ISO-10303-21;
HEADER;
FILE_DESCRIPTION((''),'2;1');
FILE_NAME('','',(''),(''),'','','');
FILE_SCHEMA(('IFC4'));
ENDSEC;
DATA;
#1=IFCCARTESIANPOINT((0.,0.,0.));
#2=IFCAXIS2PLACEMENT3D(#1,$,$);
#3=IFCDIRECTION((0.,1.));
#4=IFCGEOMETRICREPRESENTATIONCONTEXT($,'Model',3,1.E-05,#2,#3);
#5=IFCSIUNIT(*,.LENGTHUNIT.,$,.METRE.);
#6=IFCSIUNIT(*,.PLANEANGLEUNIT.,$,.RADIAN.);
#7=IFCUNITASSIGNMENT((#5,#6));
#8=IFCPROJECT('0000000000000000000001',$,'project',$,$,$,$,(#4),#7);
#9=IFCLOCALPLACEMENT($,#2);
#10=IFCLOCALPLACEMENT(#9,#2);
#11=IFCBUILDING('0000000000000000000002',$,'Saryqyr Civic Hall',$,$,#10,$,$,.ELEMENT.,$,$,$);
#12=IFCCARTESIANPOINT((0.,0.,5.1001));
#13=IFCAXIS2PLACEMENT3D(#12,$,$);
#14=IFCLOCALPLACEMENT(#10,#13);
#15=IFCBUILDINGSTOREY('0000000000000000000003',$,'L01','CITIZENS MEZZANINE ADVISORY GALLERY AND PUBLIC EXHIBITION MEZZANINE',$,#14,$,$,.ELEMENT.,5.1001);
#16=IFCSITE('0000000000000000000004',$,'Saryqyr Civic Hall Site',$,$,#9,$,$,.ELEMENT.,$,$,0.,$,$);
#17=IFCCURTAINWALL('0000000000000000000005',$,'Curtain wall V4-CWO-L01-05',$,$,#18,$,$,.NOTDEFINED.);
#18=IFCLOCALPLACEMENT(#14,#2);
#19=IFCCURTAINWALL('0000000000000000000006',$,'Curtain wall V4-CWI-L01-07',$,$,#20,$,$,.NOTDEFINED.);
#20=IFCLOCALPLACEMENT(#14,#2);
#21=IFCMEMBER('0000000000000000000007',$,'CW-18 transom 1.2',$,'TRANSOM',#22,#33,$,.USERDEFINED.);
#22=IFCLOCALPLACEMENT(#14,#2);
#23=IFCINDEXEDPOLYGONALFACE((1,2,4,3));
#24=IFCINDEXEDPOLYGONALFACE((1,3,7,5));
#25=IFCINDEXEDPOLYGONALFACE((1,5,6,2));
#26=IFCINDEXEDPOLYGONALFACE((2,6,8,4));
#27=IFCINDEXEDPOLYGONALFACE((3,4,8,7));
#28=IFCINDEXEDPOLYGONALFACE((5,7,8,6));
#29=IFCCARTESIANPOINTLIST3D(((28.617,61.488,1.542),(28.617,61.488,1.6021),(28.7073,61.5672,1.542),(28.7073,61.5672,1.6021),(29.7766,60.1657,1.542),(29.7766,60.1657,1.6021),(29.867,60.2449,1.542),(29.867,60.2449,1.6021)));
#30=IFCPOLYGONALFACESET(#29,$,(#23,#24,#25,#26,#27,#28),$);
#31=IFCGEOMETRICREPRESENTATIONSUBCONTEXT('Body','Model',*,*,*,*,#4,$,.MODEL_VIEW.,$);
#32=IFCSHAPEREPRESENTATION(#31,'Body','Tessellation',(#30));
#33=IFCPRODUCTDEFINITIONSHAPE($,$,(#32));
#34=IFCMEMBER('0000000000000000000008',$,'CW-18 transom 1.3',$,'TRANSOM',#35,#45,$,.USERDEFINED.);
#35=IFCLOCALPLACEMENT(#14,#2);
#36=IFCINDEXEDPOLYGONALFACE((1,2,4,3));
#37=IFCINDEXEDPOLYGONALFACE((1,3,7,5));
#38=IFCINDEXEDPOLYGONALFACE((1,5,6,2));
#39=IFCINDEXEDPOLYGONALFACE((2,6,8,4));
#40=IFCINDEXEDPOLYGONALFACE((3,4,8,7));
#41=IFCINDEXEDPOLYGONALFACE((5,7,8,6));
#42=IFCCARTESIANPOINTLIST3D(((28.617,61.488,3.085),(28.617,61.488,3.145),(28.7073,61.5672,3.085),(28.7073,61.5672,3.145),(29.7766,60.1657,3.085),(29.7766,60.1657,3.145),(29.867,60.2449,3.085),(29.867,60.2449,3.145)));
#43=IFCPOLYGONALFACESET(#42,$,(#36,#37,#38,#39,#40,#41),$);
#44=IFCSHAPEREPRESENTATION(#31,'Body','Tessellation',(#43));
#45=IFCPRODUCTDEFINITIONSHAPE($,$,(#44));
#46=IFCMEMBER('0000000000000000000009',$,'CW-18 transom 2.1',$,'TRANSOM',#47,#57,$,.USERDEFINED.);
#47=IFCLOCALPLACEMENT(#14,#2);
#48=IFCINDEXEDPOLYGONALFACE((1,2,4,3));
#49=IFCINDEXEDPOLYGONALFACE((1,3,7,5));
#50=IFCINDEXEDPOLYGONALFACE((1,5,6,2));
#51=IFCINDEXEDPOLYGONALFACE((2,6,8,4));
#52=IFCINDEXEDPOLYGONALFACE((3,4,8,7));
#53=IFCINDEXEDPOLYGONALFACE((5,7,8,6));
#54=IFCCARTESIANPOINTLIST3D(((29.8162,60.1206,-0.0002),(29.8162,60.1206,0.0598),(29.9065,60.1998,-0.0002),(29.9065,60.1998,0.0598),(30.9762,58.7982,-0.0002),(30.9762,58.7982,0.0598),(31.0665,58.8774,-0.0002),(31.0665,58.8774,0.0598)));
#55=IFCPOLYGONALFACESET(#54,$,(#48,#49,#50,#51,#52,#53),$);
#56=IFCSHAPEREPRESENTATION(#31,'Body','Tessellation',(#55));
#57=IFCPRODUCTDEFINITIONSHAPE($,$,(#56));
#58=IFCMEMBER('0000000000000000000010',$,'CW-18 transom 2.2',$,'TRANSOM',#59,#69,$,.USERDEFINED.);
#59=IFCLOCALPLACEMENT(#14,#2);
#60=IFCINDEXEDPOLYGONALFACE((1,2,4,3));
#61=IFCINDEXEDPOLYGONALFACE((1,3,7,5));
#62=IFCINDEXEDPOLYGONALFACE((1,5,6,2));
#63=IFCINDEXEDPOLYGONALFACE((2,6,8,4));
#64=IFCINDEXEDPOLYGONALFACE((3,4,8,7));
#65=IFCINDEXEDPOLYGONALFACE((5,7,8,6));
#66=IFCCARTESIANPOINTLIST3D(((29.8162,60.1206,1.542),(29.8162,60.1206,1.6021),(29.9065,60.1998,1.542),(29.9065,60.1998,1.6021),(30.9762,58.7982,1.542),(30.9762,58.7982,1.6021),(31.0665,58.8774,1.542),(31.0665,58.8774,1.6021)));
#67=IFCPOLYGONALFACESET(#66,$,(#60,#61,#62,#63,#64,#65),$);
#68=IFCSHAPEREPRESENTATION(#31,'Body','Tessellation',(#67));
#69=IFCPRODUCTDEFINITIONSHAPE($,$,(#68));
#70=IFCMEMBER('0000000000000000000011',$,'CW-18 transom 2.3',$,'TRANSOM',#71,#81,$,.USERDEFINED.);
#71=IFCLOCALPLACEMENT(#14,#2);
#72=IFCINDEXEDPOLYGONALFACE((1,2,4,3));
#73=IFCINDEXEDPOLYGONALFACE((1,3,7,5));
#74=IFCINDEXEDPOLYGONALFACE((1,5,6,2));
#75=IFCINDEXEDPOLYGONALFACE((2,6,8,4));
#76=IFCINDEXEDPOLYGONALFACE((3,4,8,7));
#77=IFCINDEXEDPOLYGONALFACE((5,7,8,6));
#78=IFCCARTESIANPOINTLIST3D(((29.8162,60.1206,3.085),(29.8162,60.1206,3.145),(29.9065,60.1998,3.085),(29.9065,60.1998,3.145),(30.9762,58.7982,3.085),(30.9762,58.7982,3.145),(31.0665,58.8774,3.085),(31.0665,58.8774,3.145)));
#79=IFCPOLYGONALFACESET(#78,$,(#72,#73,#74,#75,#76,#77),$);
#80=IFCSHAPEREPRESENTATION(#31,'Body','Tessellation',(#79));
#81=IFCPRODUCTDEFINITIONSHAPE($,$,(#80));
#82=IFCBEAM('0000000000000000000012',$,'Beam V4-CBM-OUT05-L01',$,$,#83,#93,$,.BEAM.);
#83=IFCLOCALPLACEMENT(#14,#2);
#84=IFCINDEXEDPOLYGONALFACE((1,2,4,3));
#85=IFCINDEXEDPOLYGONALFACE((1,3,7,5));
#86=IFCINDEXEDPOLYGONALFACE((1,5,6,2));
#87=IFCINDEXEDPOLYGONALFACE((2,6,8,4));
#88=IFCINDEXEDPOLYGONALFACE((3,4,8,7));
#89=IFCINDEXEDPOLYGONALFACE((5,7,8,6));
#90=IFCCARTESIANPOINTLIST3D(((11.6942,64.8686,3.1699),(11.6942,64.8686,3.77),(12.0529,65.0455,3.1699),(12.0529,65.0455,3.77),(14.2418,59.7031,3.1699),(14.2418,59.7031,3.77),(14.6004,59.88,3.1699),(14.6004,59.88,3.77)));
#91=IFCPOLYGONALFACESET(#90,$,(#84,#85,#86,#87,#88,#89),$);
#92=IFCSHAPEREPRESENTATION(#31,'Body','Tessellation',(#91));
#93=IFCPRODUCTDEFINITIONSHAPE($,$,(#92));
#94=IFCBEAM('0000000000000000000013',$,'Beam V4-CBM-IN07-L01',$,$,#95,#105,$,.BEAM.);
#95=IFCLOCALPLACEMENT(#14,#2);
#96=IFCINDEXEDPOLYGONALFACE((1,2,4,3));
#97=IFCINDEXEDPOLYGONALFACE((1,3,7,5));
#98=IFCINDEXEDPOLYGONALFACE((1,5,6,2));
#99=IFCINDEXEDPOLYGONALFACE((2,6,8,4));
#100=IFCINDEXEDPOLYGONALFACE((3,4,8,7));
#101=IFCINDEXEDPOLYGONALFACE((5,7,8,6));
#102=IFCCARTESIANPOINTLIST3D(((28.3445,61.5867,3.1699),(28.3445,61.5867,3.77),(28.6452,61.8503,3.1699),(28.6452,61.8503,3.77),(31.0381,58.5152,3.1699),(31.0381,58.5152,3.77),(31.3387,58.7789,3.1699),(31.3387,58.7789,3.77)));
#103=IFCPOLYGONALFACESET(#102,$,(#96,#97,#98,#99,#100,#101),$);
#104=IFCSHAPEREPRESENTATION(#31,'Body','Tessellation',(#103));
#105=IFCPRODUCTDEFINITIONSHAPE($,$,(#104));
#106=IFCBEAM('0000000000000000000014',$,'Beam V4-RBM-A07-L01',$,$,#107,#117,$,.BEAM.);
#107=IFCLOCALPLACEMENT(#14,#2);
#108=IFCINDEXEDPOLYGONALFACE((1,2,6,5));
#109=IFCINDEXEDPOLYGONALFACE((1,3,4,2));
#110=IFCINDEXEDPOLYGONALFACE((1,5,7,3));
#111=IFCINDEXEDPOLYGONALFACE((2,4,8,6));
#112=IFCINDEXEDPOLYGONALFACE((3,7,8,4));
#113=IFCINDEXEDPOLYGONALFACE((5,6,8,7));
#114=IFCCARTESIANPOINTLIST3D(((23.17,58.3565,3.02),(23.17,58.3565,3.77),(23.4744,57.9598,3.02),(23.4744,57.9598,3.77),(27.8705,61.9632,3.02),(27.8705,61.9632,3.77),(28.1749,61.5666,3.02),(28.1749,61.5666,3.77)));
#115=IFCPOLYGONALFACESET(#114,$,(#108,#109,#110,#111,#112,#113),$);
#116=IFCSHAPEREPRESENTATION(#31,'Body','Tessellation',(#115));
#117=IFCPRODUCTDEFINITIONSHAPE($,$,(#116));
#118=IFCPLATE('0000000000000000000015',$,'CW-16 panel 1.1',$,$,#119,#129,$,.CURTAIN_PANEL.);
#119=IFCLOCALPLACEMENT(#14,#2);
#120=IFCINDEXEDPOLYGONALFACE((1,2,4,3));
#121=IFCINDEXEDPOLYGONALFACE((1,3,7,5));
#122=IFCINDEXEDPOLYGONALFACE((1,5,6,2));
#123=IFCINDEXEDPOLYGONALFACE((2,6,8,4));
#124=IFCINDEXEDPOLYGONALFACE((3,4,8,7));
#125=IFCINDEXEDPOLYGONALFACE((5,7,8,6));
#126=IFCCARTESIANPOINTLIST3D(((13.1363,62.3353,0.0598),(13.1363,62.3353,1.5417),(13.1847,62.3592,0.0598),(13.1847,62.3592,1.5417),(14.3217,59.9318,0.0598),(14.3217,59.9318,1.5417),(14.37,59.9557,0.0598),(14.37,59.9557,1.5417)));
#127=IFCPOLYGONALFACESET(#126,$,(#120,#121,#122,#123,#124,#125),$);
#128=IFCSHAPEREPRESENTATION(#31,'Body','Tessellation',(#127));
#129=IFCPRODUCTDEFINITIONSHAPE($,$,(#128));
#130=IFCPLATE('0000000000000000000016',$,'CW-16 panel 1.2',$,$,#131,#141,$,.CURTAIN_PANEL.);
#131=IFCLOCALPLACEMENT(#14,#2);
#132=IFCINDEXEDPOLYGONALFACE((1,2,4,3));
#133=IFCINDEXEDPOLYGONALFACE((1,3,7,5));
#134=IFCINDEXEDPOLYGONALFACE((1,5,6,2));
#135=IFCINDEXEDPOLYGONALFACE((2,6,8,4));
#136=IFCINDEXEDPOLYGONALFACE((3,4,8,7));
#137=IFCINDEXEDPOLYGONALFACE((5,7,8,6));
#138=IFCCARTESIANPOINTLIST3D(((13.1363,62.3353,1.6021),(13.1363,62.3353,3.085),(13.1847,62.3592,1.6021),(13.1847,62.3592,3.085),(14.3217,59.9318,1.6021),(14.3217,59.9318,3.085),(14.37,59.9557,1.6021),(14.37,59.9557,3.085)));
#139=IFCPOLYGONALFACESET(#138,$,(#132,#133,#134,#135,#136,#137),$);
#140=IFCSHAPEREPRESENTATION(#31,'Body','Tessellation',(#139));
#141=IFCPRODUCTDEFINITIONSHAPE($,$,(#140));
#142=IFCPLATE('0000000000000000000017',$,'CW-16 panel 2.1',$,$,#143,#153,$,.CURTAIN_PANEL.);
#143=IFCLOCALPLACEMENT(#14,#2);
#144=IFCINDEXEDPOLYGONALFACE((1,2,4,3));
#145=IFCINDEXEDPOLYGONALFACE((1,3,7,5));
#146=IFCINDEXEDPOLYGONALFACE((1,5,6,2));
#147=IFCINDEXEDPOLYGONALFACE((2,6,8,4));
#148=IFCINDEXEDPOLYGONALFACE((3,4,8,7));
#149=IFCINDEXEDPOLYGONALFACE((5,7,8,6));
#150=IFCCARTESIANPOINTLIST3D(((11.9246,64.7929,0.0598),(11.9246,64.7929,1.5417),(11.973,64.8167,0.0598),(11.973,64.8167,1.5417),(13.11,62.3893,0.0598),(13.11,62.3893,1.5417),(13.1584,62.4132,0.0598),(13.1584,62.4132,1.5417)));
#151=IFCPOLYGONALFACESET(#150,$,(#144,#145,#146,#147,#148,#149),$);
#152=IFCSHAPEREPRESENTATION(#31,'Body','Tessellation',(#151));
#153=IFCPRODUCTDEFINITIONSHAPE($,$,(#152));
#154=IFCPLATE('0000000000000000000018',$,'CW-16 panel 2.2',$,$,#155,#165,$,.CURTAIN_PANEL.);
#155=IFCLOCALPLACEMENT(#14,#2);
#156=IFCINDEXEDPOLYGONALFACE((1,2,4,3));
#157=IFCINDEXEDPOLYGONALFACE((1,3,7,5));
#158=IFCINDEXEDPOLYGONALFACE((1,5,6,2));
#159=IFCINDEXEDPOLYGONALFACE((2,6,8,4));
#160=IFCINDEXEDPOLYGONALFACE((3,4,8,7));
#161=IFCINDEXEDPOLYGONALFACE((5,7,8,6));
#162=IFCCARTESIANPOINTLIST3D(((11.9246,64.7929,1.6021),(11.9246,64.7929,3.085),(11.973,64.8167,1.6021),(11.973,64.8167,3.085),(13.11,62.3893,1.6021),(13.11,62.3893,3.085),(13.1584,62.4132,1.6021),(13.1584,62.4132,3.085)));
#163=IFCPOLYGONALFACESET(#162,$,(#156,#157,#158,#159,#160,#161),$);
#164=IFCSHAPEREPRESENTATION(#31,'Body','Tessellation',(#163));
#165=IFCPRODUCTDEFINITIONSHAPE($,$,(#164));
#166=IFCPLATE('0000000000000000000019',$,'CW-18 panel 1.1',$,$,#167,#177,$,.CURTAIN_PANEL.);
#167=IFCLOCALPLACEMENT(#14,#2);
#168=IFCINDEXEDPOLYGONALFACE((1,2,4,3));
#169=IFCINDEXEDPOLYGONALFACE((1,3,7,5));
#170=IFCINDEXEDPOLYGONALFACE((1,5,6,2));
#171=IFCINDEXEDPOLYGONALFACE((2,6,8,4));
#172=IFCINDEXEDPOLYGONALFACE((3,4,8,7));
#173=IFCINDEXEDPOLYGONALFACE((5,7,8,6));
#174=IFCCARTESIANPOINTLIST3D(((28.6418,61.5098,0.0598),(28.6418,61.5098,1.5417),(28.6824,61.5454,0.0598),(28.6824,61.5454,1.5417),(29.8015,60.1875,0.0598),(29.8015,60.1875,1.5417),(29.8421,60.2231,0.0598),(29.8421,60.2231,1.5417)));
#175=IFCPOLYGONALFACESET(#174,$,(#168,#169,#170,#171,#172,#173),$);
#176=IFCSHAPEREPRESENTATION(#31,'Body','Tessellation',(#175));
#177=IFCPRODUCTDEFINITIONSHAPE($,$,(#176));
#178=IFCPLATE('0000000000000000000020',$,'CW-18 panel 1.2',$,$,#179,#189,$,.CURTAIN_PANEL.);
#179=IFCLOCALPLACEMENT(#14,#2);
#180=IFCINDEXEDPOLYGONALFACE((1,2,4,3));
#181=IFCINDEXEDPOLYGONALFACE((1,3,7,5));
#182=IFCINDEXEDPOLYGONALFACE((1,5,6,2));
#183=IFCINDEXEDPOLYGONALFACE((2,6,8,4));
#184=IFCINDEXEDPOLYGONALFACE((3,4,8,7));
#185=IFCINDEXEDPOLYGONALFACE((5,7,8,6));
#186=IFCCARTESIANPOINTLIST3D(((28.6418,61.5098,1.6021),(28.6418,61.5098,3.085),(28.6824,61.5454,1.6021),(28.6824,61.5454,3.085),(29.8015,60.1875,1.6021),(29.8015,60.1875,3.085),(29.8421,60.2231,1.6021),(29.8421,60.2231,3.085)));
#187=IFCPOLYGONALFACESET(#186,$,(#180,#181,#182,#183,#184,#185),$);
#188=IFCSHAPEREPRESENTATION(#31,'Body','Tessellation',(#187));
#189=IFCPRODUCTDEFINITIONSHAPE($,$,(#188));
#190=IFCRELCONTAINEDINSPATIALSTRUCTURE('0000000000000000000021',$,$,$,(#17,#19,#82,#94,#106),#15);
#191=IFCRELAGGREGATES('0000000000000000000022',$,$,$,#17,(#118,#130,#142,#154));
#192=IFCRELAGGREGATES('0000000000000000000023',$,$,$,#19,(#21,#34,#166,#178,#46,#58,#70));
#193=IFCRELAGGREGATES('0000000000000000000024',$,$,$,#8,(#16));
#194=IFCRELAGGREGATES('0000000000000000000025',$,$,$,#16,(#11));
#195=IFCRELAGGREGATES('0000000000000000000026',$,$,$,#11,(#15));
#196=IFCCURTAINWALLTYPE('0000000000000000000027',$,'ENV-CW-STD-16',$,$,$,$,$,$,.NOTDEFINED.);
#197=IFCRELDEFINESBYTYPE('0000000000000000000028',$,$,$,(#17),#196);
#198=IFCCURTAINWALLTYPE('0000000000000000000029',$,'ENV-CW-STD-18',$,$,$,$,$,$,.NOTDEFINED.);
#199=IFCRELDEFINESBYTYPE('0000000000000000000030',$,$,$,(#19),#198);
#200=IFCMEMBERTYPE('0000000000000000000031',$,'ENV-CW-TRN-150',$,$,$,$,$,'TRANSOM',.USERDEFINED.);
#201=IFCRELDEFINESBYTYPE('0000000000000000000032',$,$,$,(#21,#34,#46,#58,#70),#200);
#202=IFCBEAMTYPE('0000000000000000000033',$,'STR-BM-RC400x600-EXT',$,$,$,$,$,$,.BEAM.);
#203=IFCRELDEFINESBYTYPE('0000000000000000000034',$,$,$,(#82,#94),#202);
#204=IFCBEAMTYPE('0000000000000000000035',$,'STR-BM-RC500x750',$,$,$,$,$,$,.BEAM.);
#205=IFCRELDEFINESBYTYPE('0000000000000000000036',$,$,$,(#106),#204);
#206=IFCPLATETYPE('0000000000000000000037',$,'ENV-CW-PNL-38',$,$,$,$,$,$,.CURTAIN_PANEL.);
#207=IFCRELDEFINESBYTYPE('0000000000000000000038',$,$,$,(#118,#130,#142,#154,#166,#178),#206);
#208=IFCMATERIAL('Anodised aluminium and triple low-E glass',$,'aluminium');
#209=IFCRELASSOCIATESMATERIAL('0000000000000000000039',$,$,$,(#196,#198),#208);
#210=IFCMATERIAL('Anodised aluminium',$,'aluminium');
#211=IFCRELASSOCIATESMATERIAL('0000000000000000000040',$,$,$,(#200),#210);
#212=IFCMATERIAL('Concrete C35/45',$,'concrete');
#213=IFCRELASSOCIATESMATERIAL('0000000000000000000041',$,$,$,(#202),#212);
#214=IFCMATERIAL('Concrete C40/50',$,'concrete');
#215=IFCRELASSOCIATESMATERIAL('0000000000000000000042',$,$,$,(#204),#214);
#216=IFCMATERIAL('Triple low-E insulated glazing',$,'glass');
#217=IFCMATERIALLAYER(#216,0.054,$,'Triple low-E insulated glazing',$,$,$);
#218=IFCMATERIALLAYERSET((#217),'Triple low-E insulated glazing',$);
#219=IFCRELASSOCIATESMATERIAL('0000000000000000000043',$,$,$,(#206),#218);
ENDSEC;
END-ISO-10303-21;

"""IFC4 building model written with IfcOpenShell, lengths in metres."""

from ifc_helpers import new_model, si_unit, direction, frame, origin, origin_2d, place, context, subcontext, project, spatial, rectangle, extrude, material, layer, layer_set, material_profile, profile_set, type_object, element, aggregate, save


model = new_model("IFC4")

# Units and contexts
model_context = context("Model", 3, precision=1e-05, world=origin(), true_north=direction((0.0, 1.0)))
body_context = subcontext(model_context, "Body", "Model", "MODEL_VIEW")
ifc_project = project(units=[si_unit("LENGTHUNIT", "METRE"), si_unit("PLANEANGLEUNIT", "RADIAN")], contexts=[model_context])

# Site, building, storey
site_placement = place(None, origin())
site = spatial("IfcSite", under=ifc_project, at=site_placement, Name="Saryqyr Civic Hall Site", CompositionType="ELEMENT", RefElevation=0.0)
building_placement = place(site_placement, origin())
building = spatial("IfcBuilding", under=site, at=building_placement, Name="Saryqyr Civic Hall", CompositionType="ELEMENT")
storey_placement = place(building_placement, frame((0.0, 0.0, 5.1001)))
storey = spatial("IfcBuildingStorey", under=building, at=storey_placement, Name="L01", Description="CITIZENS MEZZANINE ADVISORY GALLERY AND PUBLIC EXHIBITION MEZZANINE", CompositionType="ELEMENT", Elevation=5.1001)

# Shared definitions
ifc_material_1 = material(Name="Concrete C40/50", Category="concrete")

# Curtain walls
ifc_material_2 = material(Name="Anodised aluminium and triple low-E glass", Category="aluminium")
curtain_wall_type_1 = type_object("IfcCurtainWallType", Name="ENV-CW-STD-16", PredefinedType="NOTDEFINED", material=ifc_material_2)
curtain_wall_1_placement = place(storey_placement, origin())
curtain_wall_1 = element("IfcCurtainWall", 1, at=curtain_wall_1_placement, inside=storey, type_object=curtain_wall_type_1, Name="Curtain wall V4-CWO-L01-05", PredefinedType="NOTDEFINED")
ifc_material_3 = material(Name="Anodised aluminium", Category="aluminium")
curtain_wall_type_2 = type_object("IfcCurtainWallType", Name="ENV-CW-STD-18", PredefinedType="NOTDEFINED", material=ifc_material_2)
curtain_wall_2_placement = place(storey_placement, origin())
curtain_wall_2 = element("IfcCurtainWall", 2, at=curtain_wall_2_placement, inside=storey, type_object=curtain_wall_type_2, Name="Curtain wall V4-CWI-L01-07", PredefinedType="NOTDEFINED")

# Members
ifc_material_profile_1 = material_profile(ifc_material_3, rectangle(XDim=0.1201, YDim=0.0601, at=origin_2d()), Name="ALU TRANSOM 120x60")
ifc_profile_set_1 = profile_set([ifc_material_profile_1], Name="Anodised aluminium")
member_type_1 = type_object("IfcMemberType", Name="ENV-CW-TRN-150", ElementType="TRANSOM", PredefinedType="USERDEFINED", material=ifc_profile_set_1)
member_1_placement = place(storey_placement, frame((28.6621, 61.5276, 1.572), z_axis=(0.659369, -0.751819, 0.0), x_axis=(0.751819, 0.659369, 0.0)))
member_1 = element("IfcMember", 3, at=member_1_placement, type_object=member_type_1, Name="CW-18 transom 1.2", ObjectType="TRANSOM", PredefinedType="USERDEFINED", context=body_context, shape_type="SweptSolid", body=[
    extrude(rectangle(XDim=0.1201, YDim=0.0601, at=origin_2d()), origin(), (0.0, 0.0, 1.0), 1.7588),
])
member_2_placement = place(storey_placement, frame((28.6621, 61.5276, 3.115), z_axis=(0.659369, -0.751819, 0.0), x_axis=(0.751819, 0.659369, 0.0)))
member_2 = element("IfcMember", 4, at=member_2_placement, type_object=member_type_1, Name="CW-18 transom 1.3", ObjectType="TRANSOM", PredefinedType="USERDEFINED", context=body_context, shape_type="SweptSolid", body=[
    extrude(rectangle(XDim=0.1201, YDim=0.0601, at=origin_2d()), origin(), (0.0, 0.0, 1.0), 1.7588),
])
member_3_placement = place(storey_placement, frame((29.8613, 60.1602, 0.0298), z_axis=(0.659447, -0.751751, 0.0), x_axis=(0.751751, 0.659447, 0.0)))
member_3 = element("IfcMember", 5, at=member_3_placement, type_object=member_type_1, Name="CW-18 transom 2.1", ObjectType="TRANSOM", PredefinedType="USERDEFINED", context=body_context, shape_type="SweptSolid", body=[
    extrude(rectangle(XDim=0.1201, YDim=0.0601, at=origin_2d()), origin(), (0.0, 0.0, 1.0), 1.759),
])
member_4_placement = place(storey_placement, frame((29.8613, 60.1602, 1.572), z_axis=(0.659447, -0.751751, 0.0), x_axis=(0.751751, 0.659447, 0.0)))
member_4 = element("IfcMember", 6, at=member_4_placement, type_object=member_type_1, Name="CW-18 transom 2.2", ObjectType="TRANSOM", PredefinedType="USERDEFINED", context=body_context, shape_type="SweptSolid", body=[
    extrude(rectangle(XDim=0.1201, YDim=0.0601, at=origin_2d()), origin(), (0.0, 0.0, 1.0), 1.759),
])
member_5_placement = place(storey_placement, frame((29.8613, 60.1602, 3.115), z_axis=(0.659447, -0.751751, 0.0), x_axis=(0.751751, 0.659447, 0.0)))
member_5 = element("IfcMember", 7, at=member_5_placement, type_object=member_type_1, Name="CW-18 transom 2.3", ObjectType="TRANSOM", PredefinedType="USERDEFINED", context=body_context, shape_type="SweptSolid", body=[
    extrude(rectangle(XDim=0.1201, YDim=0.0601, at=origin_2d()), origin(), (0.0, 0.0, 1.0), 1.759),
])

# Beams
ifc_material_4 = material(Name="Concrete C35/45", Category="concrete")
ifc_material_profile_2 = material_profile(ifc_material_4, rectangle(XDim=0.3999, YDim=0.6001, at=origin_2d()), Name="RC 400x600")
ifc_profile_set_2 = profile_set([ifc_material_profile_2], Name="Concrete C35/45")
beam_type_1 = type_object("IfcBeamType", Name="STR-BM-RC400x600-EXT", PredefinedType="BEAM", material=ifc_profile_set_2)
beam_1_placement = place(storey_placement, frame((11.8735, 64.957, 3.47), z_axis=(0.442324, -0.896855, 0.0), x_axis=(0.896855, 0.442324, 0.0)))
element("IfcBeam", 8, at=beam_1_placement, inside=storey, type_object=beam_type_1, Name="Beam V4-CBM-OUT05-L01", PredefinedType="BEAM", context=body_context, shape_type="SweptSolid", body=[
    extrude(rectangle(XDim=0.3999, YDim=0.6001, at=origin_2d()), origin(), (0.0, 0.0, 1.0), 5.7595),
])
beam_2_placement = place(storey_placement, frame((28.4949, 61.7185, 3.47), z_axis=(0.659338, -0.751847, 0.0), x_axis=(0.751847, 0.659338, 0.0)))
element("IfcBeam", 9, at=beam_2_placement, inside=storey, type_object=beam_type_1, Name="Beam V4-CBM-IN07-L01", PredefinedType="BEAM", context=body_context, shape_type="SweptSolid", body=[
    extrude(rectangle(XDim=0.3999, YDim=0.6001, at=origin_2d()), origin(), (0.0, 0.0, 1.0), 4.0852),
])
ifc_material_profile_3 = material_profile(ifc_material_1, rectangle(XDim=0.5, YDim=0.75, at=origin_2d()), Name="RC 500x750")
ifc_profile_set_3 = profile_set([ifc_material_profile_3], Name="Concrete C40/50")
beam_type_2 = type_object("IfcBeamType", Name="STR-BM-RC500x750", PredefinedType="BEAM", material=ifc_profile_set_3)
beam_3_placement = place(storey_placement, frame((28.0227, 61.7649, 3.395), z_axis=(-0.79336, -0.608752, 0.0), x_axis=(0.608752, -0.79336, 0.0)))
element("IfcBeam", 10, at=beam_3_placement, inside=storey, type_object=beam_type_2, Name="Beam V4-RBM-A07-L01", PredefinedType="BEAM", context=body_context, shape_type="SweptSolid", body=[
    extrude(rectangle(XDim=0.5, YDim=0.75, at=origin_2d()), origin(), (0.0, 0.0, 1.0), 5.9248),
])

# Plates
ifc_material_5 = material(Name="Triple low-E insulated glazing", Category="glass")
ifc_layer_1 = layer(ifc_material_5, 0.054, Name="Triple low-E insulated glazing")
ifc_layer_set_1 = layer_set([ifc_layer_1], Name="Triple low-E insulated glazing")
plate_type = type_object("IfcPlateType", Name="ENV-CW-PNL-38", PredefinedType="CURTAIN_PANEL", material=ifc_layer_set_1)
plate_1_placement = place(storey_placement, frame((13.7532, 61.1455, 0.0598), z_axis=(0.0, 0.0, 1.0), x_axis=(-0.442304, 0.896865, 0.0)))
plate_1 = element("IfcPlate", 11, at=plate_1_placement, type_object=plate_type, Name="CW-16 panel 1.1", PredefinedType="CURTAIN_PANEL", context=body_context, shape_type="SweptSolid", body=[
    extrude(rectangle(XDim=2.6799, YDim=0.054, at=origin_2d()), origin(), (0.0, 0.0, 1.0), 1.4819),
])
plate_2_placement = place(storey_placement, frame((13.7532, 61.1455, 1.6021), z_axis=(0.0, 0.0, 1.0), x_axis=(-0.442304, 0.896865, 0.0)))
plate_2 = element("IfcPlate", 12, at=plate_2_placement, type_object=plate_type, Name="CW-16 panel 1.2", PredefinedType="CURTAIN_PANEL", context=body_context, shape_type="SweptSolid", body=[
    extrude(rectangle(XDim=2.6799, YDim=0.054, at=origin_2d()), origin(), (0.0, 0.0, 1.0), 1.4829),
])
plate_3_placement = place(storey_placement, frame((12.5415, 63.603, 0.0598), z_axis=(0.0, 0.0, 1.0), x_axis=(-0.442304, 0.896865, 0.0)))
plate_3 = element("IfcPlate", 13, at=plate_3_placement, type_object=plate_type, Name="CW-16 panel 2.1", PredefinedType="CURTAIN_PANEL", context=body_context, shape_type="SweptSolid", body=[
    extrude(rectangle(XDim=2.6799, YDim=0.054, at=origin_2d()), origin(), (0.0, 0.0, 1.0), 1.4819),
])
plate_4_placement = place(storey_placement, frame((12.5415, 63.603, 1.6021), z_axis=(0.0, 0.0, 1.0), x_axis=(-0.442304, 0.896865, 0.0)))
plate_4 = element("IfcPlate", 14, at=plate_4_placement, type_object=plate_type, Name="CW-16 panel 2.2", PredefinedType="CURTAIN_PANEL", context=body_context, shape_type="SweptSolid", body=[
    extrude(rectangle(XDim=2.6799, YDim=0.054, at=origin_2d()), origin(), (0.0, 0.0, 1.0), 1.4829),
])
aggregate(curtain_wall_1, [plate_1, plate_2, plate_3, plate_4])
plate_5_placement = place(storey_placement, frame((29.2419, 60.8665, 0.0598), z_axis=(0.0, 0.0, 1.0), x_axis=(0.659349, -0.751837, 0.0)))
plate_5 = element("IfcPlate", 15, at=plate_5_placement, type_object=plate_type, Name="CW-18 panel 1.1", PredefinedType="CURTAIN_PANEL", context=body_context, shape_type="SweptSolid", body=[
    extrude(rectangle(XDim=1.7588, YDim=0.054, at=origin_2d()), origin(), (0.0, 0.0, 1.0), 1.4819),
])
plate_6_placement = place(storey_placement, frame((29.2419, 60.8665, 1.6021), z_axis=(0.0, 0.0, 1.0), x_axis=(0.659349, -0.751837, 0.0)))
plate_6 = element("IfcPlate", 16, at=plate_6_placement, type_object=plate_type, Name="CW-18 panel 1.2", PredefinedType="CURTAIN_PANEL", context=body_context, shape_type="SweptSolid", body=[
    extrude(rectangle(XDim=1.7588, YDim=0.054, at=origin_2d()), origin(), (0.0, 0.0, 1.0), 1.4829),
])
aggregate(curtain_wall_2, [member_1, member_2, plate_5, plate_6, member_3, member_4, member_5])

save(model, "model.ifc")
